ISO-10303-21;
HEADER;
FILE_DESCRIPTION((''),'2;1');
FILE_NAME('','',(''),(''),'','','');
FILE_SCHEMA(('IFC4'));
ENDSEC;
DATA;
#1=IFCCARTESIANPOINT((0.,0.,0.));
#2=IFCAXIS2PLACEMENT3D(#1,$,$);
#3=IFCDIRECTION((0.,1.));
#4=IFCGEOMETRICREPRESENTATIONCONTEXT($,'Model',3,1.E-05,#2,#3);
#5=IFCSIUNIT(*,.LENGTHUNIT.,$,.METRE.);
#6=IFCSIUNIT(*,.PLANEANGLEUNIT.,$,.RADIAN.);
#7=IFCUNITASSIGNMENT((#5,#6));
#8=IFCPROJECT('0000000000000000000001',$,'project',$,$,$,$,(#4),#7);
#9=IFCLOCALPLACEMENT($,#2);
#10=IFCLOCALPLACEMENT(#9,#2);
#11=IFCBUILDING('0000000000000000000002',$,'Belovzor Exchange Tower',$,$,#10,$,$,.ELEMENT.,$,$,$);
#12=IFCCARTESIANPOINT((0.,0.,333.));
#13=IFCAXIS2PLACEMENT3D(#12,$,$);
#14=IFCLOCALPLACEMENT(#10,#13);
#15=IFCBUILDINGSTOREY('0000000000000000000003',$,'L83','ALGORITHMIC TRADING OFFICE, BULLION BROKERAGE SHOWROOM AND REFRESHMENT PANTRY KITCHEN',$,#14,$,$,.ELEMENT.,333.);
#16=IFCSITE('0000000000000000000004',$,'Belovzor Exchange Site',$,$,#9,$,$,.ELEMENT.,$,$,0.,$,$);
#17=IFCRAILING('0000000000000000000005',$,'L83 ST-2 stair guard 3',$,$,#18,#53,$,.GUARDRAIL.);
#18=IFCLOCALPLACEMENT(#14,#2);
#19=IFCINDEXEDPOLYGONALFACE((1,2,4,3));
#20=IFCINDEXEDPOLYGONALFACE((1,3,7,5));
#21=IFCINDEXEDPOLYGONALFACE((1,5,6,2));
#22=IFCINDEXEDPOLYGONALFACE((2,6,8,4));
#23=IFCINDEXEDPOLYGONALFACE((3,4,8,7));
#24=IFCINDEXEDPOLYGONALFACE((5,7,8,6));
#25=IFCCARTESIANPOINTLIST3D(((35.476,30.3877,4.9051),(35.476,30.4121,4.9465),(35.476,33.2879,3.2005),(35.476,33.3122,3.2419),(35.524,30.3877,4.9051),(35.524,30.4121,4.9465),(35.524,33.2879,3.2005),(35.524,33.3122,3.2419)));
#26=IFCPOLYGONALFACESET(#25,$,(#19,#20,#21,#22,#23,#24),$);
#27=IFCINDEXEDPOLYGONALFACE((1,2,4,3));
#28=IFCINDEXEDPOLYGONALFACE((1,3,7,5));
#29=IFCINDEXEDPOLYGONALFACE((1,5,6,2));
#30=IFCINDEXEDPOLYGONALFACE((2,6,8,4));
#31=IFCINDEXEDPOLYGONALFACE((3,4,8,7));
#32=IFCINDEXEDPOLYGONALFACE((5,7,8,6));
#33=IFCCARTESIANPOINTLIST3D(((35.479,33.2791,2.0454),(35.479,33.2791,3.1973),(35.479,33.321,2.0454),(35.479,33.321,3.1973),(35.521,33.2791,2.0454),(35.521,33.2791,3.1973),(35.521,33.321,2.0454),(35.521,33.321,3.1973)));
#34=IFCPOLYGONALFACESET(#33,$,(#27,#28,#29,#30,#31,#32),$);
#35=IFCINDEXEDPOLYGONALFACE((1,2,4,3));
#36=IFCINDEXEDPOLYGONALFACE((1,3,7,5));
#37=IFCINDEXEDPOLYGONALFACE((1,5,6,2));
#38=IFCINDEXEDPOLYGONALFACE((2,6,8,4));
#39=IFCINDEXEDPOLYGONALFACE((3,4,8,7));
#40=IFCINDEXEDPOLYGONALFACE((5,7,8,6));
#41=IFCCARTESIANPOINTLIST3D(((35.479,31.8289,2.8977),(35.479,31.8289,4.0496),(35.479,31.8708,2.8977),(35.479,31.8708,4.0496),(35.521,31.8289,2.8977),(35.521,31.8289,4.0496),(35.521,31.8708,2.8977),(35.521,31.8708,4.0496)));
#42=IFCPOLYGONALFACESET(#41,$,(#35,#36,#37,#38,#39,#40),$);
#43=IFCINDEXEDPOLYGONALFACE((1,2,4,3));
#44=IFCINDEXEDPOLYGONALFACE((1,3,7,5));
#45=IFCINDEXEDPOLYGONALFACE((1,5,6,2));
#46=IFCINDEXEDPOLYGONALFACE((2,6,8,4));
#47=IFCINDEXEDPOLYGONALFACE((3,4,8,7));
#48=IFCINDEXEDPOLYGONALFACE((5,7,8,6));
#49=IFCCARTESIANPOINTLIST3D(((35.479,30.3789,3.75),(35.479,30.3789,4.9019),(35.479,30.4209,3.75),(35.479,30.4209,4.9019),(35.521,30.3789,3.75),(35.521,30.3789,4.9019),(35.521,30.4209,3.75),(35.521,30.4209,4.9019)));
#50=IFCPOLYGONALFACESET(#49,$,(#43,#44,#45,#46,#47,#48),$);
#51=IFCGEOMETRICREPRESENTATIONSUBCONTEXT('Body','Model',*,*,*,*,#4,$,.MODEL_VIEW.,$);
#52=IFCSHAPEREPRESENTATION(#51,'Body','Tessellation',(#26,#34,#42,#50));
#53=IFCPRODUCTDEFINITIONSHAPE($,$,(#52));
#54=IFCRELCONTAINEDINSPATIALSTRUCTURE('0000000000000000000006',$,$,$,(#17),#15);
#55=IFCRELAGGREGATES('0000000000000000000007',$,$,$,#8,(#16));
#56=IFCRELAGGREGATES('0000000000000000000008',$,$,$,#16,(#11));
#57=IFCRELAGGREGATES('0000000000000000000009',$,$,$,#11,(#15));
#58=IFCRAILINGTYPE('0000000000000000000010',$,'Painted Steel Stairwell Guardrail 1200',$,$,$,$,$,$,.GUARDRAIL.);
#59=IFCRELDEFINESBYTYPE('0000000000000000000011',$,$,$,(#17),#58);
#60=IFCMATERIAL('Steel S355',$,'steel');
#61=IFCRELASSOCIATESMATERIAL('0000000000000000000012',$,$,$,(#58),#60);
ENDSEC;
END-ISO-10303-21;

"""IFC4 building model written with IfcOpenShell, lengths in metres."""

from ifc_helpers import new_model, si_unit, direction, frame, origin, origin_2d, place, context, subcontext, project, spatial, rectangle, extrude, material, type_object, element, save


model = new_model("IFC4")

# Units and contexts
model_context = context("Model", 3, precision=1e-05, world=origin(), true_north=direction((0.0, 1.0)))
body_context = subcontext(model_context, "Body", "Model", "MODEL_VIEW")
ifc_project = project(units=[si_unit("LENGTHUNIT", "METRE"), si_unit("PLANEANGLEUNIT", "RADIAN")], contexts=[model_context])

# Site, building, storey
site_placement = place(None, origin())
site = spatial("IfcSite", under=ifc_project, at=site_placement, Name="Belovzor Exchange Site", CompositionType="ELEMENT", RefElevation=0.0)
building_placement = place(site_placement, origin())
building = spatial("IfcBuilding", under=site, at=building_placement, Name="Belovzor Exchange Tower", CompositionType="ELEMENT")
storey_placement = place(building_placement, frame((0.0, 0.0, 333.0)))
storey = spatial("IfcBuildingStorey", under=building, at=storey_placement, Name="L83", Description="ALGORITHMIC TRADING OFFICE, BULLION BROKERAGE SHOWROOM AND REFRESHMENT PANTRY KITCHEN", CompositionType="ELEMENT", Elevation=333.0)

# Railing
ifc_material_1 = material(Name="Steel S355", Category="steel")
railing_type_1 = type_object("IfcRailingType", Name="Painted Steel Stairwell Guardrail 1200", PredefinedType="GUARDRAIL", material=ifc_material_1)
railing_1_placement = place(storey_placement, frame((35.5, 33.3, 2.0454)))
element("IfcRailing", 1, at=railing_1_placement, inside=storey, type_object=railing_type_1, Name="L83 ST-2 stair guard 3", PredefinedType="GUARDRAIL", context=body_context, shape_type="SweptSolid", body=[
    extrude(rectangle(XDim=0.0481, YDim=0.0481, at=origin_2d()), frame((0.0, 0.0, 1.1758), z_axis=(0.0, -0.862113, 0.506716), x_axis=(1.0, 0.0, 0.0)), (0.0, 0.0, 1.0), 3.364),
    extrude(rectangle(XDim=0.042, YDim=0.042, at=origin_2d()), origin(), (0.0, 0.0, 1.0), 1.1519),
    extrude(rectangle(XDim=0.042, YDim=0.042, at=origin_2d()), frame((0.0, -1.4502, 0.8523)), (0.0, 0.0, 1.0), 1.1519),
    extrude(rectangle(XDim=0.042, YDim=0.042, at=origin_2d()), frame((0.0, -2.9001, 1.7046)), (0.0, 0.0, 1.0), 1.1519),
])

save(model, "model.ifc")
